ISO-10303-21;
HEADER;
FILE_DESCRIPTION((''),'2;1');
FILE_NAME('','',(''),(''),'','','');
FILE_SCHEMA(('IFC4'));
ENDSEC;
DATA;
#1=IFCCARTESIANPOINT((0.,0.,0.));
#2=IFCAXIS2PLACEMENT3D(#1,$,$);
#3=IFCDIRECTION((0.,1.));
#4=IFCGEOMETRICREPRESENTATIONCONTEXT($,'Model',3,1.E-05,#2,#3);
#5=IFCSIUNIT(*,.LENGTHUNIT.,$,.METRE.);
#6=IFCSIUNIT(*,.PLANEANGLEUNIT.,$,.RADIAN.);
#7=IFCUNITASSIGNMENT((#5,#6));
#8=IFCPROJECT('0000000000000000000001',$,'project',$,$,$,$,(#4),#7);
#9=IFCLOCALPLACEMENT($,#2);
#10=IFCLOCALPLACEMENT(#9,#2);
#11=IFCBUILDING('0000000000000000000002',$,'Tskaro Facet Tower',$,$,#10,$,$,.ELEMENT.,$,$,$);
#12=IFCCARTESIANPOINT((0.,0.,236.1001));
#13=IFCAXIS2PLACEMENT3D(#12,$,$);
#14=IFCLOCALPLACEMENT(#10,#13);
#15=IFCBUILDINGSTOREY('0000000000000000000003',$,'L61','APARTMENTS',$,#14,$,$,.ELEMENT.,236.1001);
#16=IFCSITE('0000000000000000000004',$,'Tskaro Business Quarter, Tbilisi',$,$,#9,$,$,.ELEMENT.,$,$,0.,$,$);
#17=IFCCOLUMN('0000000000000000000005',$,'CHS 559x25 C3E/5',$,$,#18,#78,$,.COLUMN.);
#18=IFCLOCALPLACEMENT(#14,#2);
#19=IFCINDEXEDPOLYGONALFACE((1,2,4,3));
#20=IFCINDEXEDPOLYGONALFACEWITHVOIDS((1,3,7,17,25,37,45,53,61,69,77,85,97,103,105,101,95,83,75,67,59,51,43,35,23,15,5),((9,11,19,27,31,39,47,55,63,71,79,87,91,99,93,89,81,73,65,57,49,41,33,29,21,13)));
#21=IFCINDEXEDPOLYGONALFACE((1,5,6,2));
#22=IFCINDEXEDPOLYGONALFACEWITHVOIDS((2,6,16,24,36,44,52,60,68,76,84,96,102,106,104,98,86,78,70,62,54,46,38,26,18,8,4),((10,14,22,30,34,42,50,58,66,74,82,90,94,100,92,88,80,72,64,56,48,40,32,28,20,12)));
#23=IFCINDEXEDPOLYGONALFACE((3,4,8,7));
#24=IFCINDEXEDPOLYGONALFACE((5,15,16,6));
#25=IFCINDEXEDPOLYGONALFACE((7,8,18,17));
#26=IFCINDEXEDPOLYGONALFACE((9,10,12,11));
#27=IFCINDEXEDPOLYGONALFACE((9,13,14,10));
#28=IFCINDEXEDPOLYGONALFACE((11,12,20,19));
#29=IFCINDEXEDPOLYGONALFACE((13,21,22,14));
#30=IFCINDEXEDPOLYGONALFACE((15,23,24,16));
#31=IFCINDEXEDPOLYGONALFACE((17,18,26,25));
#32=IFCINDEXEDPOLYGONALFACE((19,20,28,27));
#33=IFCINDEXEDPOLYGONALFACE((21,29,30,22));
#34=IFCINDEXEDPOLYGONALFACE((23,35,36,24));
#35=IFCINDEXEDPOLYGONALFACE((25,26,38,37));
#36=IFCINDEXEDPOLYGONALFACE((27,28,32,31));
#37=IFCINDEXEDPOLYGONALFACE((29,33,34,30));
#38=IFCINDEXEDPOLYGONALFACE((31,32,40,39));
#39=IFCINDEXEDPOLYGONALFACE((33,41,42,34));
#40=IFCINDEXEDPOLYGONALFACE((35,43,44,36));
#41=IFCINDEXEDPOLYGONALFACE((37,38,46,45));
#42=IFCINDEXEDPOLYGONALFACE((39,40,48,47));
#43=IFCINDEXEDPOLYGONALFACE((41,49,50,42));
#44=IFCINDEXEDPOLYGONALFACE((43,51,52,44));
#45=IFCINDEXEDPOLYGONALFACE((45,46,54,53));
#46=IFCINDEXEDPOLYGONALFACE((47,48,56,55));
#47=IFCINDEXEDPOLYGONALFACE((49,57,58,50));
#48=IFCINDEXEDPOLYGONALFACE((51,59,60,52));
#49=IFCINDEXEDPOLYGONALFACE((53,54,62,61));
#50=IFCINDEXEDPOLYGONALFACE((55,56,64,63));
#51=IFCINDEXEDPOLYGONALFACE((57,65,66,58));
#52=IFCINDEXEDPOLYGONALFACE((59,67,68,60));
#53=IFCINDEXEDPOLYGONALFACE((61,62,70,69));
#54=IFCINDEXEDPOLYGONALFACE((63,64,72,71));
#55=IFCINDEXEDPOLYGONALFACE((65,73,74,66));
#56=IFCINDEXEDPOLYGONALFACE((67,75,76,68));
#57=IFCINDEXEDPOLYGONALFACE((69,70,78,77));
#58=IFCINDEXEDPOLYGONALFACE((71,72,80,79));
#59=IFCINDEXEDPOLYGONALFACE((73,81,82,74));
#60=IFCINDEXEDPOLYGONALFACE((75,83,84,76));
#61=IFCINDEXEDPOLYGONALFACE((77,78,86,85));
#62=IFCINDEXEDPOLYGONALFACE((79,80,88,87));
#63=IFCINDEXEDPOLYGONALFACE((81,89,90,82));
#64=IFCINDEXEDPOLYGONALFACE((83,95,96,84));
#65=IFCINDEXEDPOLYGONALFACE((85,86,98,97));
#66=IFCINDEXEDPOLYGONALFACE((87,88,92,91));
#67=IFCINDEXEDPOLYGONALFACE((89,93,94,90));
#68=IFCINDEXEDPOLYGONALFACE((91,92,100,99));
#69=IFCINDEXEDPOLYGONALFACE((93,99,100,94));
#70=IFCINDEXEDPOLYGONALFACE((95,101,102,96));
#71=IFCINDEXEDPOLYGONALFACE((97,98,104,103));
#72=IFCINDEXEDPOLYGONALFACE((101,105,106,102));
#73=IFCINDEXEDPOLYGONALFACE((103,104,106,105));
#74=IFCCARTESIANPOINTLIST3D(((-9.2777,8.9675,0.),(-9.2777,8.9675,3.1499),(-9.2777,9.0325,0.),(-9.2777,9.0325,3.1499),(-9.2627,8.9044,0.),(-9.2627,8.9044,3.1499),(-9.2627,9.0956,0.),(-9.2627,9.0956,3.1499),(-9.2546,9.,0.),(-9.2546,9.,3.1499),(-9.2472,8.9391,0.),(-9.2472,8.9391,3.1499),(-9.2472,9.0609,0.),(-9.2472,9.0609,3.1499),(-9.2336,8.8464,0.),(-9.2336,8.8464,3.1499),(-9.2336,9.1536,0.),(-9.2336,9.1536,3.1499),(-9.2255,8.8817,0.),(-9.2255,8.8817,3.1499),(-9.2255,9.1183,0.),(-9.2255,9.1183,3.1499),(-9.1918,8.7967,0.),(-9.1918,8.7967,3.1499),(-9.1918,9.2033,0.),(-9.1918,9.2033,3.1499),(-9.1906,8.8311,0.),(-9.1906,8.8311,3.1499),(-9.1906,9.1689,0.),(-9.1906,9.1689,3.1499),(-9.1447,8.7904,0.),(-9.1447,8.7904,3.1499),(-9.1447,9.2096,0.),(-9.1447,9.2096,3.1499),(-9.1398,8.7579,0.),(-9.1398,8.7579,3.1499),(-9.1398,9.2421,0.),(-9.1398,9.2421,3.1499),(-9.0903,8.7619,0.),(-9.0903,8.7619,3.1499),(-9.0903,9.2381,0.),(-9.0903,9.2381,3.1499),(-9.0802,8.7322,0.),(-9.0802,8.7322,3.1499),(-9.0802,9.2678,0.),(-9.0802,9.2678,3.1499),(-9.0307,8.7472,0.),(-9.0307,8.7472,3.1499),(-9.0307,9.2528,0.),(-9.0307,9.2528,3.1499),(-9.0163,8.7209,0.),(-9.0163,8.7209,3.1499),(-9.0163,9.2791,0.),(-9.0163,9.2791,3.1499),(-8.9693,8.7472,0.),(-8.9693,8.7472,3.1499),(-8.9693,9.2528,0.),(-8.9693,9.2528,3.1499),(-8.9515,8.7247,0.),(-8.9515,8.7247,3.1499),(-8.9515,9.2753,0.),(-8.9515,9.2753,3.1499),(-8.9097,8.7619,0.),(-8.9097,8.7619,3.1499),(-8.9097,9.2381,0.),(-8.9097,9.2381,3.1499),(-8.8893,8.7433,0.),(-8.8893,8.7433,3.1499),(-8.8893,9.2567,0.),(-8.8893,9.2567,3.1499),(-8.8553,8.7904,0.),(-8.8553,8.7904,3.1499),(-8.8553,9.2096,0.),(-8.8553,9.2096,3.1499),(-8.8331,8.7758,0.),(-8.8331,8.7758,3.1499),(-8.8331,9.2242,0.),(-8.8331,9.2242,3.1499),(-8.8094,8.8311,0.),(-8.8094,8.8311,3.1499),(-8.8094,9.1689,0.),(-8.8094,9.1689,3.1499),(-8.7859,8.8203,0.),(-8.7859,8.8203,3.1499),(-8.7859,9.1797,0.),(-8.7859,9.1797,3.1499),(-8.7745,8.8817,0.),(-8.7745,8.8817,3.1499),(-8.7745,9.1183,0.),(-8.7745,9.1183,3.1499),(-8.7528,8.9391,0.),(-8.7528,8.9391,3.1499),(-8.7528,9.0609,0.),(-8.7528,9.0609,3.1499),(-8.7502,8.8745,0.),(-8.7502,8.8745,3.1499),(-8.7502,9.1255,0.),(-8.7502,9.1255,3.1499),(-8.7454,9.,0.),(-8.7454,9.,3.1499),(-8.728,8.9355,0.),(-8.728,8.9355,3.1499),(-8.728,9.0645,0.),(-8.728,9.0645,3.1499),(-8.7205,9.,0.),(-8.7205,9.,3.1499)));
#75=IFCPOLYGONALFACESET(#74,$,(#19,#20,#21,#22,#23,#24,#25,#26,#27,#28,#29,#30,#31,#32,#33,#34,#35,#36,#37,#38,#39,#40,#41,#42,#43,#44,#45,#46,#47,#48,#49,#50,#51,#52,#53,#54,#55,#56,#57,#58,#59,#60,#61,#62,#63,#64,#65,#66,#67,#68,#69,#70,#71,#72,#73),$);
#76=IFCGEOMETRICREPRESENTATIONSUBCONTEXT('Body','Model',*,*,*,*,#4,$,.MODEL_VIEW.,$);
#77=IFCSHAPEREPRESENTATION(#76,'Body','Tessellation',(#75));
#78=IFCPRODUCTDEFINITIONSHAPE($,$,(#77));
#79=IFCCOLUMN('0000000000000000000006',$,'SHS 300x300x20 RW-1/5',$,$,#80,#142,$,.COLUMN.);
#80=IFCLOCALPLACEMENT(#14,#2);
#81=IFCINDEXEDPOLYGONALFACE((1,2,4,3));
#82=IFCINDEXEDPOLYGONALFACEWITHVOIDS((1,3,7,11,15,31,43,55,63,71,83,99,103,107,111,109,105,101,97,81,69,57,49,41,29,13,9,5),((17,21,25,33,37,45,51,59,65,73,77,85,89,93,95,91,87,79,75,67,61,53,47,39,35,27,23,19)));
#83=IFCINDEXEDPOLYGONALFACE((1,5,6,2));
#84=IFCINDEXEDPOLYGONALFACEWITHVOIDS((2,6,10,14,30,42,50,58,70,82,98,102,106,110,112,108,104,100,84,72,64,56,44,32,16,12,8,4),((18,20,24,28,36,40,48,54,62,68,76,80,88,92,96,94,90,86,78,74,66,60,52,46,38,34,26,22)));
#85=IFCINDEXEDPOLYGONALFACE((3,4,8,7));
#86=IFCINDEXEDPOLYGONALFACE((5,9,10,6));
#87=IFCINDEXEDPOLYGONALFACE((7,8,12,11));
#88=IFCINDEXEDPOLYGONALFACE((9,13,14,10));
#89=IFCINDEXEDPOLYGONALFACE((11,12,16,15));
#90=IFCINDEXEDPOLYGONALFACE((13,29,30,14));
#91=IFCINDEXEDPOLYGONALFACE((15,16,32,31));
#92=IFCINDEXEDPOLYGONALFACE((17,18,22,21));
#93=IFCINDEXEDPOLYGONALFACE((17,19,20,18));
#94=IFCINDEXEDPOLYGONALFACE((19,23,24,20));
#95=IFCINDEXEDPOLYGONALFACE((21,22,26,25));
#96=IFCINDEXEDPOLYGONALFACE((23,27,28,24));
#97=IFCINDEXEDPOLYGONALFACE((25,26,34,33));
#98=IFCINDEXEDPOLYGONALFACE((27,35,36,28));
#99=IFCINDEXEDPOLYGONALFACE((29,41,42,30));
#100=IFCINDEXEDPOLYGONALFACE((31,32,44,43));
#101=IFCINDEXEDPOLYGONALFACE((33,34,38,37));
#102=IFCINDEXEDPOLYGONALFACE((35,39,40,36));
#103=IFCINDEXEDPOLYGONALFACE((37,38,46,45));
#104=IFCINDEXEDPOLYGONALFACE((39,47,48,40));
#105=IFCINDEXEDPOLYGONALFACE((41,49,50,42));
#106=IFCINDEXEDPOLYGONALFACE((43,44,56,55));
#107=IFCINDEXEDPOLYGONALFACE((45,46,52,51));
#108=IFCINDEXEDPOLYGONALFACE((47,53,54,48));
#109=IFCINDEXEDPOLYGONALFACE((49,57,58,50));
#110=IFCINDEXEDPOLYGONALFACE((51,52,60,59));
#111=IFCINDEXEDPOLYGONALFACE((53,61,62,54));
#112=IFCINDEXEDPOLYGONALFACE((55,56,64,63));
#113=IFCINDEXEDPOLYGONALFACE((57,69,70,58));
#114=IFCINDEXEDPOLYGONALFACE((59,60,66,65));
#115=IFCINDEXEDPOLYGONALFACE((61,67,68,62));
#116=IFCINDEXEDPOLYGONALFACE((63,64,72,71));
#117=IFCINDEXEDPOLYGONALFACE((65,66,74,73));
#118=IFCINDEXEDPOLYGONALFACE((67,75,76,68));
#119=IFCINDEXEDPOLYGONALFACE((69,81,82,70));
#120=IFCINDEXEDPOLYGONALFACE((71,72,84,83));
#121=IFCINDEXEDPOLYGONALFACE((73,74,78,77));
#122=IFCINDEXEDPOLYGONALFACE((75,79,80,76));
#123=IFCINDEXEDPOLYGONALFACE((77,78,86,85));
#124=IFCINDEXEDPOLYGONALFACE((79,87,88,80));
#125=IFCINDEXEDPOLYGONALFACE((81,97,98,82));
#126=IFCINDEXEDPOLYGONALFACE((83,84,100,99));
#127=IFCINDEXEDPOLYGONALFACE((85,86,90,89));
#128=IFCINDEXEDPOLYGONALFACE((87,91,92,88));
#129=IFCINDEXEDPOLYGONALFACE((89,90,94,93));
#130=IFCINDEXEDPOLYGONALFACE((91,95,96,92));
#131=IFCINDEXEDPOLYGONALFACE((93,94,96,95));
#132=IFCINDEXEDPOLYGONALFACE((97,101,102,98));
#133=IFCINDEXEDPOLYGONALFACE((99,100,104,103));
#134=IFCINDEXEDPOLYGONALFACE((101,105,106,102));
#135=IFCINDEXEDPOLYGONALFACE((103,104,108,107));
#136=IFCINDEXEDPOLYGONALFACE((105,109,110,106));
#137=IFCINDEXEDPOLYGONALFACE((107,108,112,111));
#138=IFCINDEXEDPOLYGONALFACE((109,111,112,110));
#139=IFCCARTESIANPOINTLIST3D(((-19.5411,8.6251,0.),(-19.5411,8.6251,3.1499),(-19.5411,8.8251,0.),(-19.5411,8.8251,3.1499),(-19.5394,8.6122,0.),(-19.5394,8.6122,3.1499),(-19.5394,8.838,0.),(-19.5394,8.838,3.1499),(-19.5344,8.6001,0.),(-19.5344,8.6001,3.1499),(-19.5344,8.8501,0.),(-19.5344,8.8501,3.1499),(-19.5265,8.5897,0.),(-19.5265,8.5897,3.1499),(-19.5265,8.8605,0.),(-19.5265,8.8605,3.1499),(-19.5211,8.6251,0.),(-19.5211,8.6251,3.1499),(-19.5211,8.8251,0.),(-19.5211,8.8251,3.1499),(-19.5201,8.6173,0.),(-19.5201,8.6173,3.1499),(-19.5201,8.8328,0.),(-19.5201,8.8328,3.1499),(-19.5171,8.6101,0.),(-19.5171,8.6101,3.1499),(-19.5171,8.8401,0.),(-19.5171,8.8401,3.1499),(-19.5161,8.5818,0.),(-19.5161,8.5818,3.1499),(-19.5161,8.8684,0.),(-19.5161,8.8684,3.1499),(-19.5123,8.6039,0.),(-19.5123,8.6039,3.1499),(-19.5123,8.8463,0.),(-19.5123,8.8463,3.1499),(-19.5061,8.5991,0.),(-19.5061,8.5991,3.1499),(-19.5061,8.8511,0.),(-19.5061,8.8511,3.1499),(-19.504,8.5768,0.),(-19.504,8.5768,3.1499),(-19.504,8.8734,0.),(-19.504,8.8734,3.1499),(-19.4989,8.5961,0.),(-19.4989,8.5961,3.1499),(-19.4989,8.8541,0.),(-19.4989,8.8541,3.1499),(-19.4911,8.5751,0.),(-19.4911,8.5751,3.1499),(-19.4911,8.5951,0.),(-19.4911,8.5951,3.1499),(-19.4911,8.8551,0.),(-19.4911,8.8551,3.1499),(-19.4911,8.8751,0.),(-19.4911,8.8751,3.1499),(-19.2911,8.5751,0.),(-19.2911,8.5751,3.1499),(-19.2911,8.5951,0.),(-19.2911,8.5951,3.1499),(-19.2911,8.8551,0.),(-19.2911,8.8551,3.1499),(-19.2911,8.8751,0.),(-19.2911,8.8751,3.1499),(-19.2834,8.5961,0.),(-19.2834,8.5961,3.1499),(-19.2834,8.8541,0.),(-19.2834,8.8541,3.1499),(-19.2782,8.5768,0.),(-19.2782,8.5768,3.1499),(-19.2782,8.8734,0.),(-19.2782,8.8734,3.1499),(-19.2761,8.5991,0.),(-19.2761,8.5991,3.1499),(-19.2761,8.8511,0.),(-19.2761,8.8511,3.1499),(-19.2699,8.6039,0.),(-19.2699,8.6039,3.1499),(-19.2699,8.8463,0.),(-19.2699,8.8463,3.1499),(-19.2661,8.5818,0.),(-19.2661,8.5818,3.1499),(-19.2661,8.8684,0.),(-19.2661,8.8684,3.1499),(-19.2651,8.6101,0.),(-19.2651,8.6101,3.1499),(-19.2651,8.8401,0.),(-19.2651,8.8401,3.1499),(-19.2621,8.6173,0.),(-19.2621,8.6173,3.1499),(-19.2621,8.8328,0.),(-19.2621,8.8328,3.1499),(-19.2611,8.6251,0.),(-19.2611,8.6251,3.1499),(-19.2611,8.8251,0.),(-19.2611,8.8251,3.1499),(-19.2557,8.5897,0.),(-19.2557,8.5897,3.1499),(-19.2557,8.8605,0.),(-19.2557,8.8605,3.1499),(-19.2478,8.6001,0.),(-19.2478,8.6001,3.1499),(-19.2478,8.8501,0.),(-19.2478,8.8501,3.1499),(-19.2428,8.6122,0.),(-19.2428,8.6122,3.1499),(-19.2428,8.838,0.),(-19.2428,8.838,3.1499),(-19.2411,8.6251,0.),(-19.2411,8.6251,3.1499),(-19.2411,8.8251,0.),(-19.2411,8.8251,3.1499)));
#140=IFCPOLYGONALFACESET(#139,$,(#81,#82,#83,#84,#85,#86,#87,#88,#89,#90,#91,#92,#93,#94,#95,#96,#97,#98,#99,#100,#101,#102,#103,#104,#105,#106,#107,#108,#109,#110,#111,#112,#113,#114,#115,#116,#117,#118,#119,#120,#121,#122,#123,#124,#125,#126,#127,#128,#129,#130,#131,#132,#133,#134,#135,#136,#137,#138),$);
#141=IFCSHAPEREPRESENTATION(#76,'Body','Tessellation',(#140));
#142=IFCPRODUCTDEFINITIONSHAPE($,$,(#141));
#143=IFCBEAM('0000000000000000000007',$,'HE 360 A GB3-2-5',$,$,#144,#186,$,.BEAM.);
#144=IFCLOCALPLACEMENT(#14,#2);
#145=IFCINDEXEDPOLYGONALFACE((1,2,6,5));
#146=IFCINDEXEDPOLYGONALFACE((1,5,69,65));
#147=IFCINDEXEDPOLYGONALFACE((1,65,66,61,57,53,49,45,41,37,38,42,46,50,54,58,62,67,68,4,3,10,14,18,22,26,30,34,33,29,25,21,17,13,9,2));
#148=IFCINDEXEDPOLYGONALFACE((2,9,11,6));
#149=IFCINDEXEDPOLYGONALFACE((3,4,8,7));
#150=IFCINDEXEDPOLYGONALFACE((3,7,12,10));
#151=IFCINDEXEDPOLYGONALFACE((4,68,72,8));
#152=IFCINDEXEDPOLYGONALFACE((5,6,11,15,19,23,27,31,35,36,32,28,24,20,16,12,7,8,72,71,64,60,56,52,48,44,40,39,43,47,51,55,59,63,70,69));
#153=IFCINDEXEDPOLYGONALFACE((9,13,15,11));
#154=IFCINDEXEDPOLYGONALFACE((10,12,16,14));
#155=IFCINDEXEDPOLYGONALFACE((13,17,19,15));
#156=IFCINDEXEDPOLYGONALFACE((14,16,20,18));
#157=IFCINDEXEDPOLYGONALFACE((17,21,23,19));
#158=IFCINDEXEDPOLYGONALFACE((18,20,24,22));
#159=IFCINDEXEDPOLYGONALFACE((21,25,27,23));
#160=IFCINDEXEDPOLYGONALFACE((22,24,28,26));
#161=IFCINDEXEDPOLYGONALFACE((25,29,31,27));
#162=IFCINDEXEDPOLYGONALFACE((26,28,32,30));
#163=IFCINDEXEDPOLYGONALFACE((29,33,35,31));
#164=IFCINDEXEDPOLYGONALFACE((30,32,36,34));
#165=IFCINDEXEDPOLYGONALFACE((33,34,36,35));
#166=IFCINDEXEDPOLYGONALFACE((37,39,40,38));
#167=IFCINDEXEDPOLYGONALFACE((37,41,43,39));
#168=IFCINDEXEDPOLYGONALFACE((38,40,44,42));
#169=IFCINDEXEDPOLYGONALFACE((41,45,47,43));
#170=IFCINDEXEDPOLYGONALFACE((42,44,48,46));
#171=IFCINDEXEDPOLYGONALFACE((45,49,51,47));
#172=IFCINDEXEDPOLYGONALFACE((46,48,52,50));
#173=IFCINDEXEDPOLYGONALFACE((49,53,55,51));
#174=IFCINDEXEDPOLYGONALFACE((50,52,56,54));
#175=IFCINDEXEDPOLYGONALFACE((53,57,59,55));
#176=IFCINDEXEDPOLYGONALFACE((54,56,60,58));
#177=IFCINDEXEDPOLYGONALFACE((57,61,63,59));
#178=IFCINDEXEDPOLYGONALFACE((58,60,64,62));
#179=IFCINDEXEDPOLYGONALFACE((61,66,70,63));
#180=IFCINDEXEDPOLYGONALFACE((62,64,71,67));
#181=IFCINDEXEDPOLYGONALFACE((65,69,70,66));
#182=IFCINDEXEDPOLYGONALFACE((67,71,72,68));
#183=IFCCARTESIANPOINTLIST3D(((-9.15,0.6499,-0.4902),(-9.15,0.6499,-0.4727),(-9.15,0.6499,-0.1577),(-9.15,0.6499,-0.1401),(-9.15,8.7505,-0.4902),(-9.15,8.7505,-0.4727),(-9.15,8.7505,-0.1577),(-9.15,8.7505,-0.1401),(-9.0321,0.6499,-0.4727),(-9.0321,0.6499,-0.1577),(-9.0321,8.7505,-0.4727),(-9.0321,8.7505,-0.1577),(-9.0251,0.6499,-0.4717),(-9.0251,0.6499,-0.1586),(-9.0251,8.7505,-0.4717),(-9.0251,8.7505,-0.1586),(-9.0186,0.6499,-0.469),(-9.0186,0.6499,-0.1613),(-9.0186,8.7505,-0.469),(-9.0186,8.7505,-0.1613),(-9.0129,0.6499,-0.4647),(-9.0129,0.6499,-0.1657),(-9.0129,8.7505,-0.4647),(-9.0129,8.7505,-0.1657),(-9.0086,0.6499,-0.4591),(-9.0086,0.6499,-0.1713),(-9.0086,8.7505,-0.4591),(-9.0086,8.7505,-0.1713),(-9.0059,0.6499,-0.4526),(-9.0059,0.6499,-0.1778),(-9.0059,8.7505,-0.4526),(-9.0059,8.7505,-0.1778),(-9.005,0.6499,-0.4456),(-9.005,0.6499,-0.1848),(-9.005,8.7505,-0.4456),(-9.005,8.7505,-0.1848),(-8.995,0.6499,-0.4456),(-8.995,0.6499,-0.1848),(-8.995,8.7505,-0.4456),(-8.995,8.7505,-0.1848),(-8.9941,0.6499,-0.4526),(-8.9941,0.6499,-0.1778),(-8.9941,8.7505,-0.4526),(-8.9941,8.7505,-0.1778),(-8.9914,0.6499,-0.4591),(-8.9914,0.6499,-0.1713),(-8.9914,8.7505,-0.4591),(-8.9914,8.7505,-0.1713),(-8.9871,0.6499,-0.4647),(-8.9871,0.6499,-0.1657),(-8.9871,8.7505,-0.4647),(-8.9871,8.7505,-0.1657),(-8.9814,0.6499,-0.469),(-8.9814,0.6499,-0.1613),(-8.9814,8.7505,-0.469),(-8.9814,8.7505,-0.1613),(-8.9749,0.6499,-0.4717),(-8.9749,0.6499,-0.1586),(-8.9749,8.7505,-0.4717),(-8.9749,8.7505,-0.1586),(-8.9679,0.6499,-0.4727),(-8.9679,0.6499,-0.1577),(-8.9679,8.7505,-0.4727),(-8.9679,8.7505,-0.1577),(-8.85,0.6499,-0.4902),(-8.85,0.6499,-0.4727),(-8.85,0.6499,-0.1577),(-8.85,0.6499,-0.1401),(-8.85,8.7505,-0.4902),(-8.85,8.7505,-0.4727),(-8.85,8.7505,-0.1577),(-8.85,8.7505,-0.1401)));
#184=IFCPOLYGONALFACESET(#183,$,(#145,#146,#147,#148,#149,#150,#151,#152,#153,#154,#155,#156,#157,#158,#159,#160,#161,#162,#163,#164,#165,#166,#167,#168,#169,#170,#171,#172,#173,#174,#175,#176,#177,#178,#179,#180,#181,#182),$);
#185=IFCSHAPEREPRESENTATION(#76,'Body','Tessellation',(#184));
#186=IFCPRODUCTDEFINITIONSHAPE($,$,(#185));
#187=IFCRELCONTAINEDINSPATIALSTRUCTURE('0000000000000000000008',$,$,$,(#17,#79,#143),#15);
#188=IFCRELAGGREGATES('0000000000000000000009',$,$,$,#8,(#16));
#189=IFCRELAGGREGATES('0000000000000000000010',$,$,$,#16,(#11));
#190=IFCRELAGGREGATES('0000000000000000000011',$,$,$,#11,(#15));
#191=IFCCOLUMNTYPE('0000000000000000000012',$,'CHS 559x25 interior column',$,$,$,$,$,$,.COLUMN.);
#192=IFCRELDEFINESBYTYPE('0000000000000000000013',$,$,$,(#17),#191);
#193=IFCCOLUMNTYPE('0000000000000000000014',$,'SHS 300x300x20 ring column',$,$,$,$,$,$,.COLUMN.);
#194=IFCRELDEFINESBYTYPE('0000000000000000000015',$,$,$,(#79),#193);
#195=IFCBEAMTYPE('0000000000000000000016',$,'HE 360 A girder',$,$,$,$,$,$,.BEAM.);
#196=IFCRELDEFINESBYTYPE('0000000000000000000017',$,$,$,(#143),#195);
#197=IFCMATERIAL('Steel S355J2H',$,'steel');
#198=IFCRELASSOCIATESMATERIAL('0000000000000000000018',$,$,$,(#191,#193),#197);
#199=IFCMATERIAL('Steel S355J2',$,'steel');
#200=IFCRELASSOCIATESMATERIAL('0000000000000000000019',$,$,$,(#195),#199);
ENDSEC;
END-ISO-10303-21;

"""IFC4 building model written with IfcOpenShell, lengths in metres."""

from ifc_helpers import new_model, si_unit, direction, frame, origin, origin_2d, place, context, subcontext, project, spatial, hollow_rectangle, hollow_circle, i_section, extrude, material, material_profile, profile_set, type_object, element, save


model = new_model("IFC4")

# Units and contexts
model_context = context("Model", 3, precision=1e-05, world=origin(), true_north=direction((0.0, 1.0)))
body_context = subcontext(model_context, "Body", "Model", "MODEL_VIEW")
ifc_project = project(units=[si_unit("LENGTHUNIT", "METRE"), si_unit("PLANEANGLEUNIT", "RADIAN")], contexts=[model_context])

# Site, building, storey
site_placement = place(None, origin())
site = spatial("IfcSite", under=ifc_project, at=site_placement, Name="Tskaro Business Quarter, Tbilisi", CompositionType="ELEMENT", RefElevation=0.0)
building_placement = place(site_placement, origin())
building = spatial("IfcBuilding", under=site, at=building_placement, Name="Tskaro Facet Tower", CompositionType="ELEMENT")
storey_placement = place(building_placement, frame((0.0, 0.0, 236.1001)))
storey = spatial("IfcBuildingStorey", under=building, at=storey_placement, Name="L61", Description="APARTMENTS", CompositionType="ELEMENT", Elevation=236.1001)

# Columns
ifc_material_1 = material(Name="Steel S355J2H", Category="steel")
ifc_material_profile_1 = material_profile(ifc_material_1, hollow_circle(Radius=0.2795, WallThickness=0.0249, at=origin_2d()), Name="CHS 559x25")
ifc_profile_set_1 = profile_set([ifc_material_profile_1], Name="Steel S355J2H")
column_type_1 = type_object("IfcColumnType", Name="CHS 559x25 interior column", PredefinedType="COLUMN", material=ifc_profile_set_1)
column_1_placement = place(storey_placement, frame((-9.0, 9.0, 0.0), z_axis=(0.0, 0.0, 1.0), x_axis=(1.0, 0.0, 0.0)))
element("IfcColumn", 1, at=column_1_placement, inside=storey, type_object=column_type_1, Name="CHS 559x25 C3E/5", PredefinedType="COLUMN", context=body_context, shape_type="SweptSolid", body=[
    extrude(hollow_circle(Radius=0.2795, WallThickness=0.0249, at=origin_2d()), origin(), (0.0, 0.0, 1.0), 3.1499),
])
ifc_material_profile_2 = material_profile(ifc_material_1, hollow_rectangle(XDim=0.3, YDim=0.3, WallThickness=0.02, InnerFilletRadius=0.03, OuterFilletRadius=0.05, at=origin_2d()), Name="SHS 300x300x20")
ifc_profile_set_2 = profile_set([ifc_material_profile_2], Name="Steel S355J2H")
column_type_2 = type_object("IfcColumnType", Name="SHS 300x300x20 ring column", PredefinedType="COLUMN", material=ifc_profile_set_2)
column_2_placement = place(storey_placement, frame((-19.3911, 8.7251, 0.0), z_axis=(0.0, 0.0, 1.0), x_axis=(1.0, 0.0, 0.0)))
element("IfcColumn", 2, at=column_2_placement, inside=storey, type_object=column_type_2, Name="SHS 300x300x20 RW-1/5", PredefinedType="COLUMN", context=body_context, shape_type="SweptSolid", body=[
    extrude(hollow_rectangle(XDim=0.3, YDim=0.3, WallThickness=0.02, InnerFilletRadius=0.03, OuterFilletRadius=0.05, at=origin_2d()), origin(), (0.0, 0.0, 1.0), 3.1499),
])

# Beam
ifc_material_2 = material(Name="Steel S355J2", Category="steel")
ifc_material_profile_3 = material_profile(ifc_material_2, i_section(OverallWidth=0.3, OverallDepth=0.3501, WebThickness=0.01, FlangeThickness=0.0176, FilletRadius=0.0271, at=origin_2d()), Name="HE 360 A")
ifc_profile_set_3 = profile_set([ifc_material_profile_3], Name="Steel S355J2")
beam_type_1 = type_object("IfcBeamType", Name="HE 360 A girder", PredefinedType="BEAM", material=ifc_profile_set_3)
beam_1_placement = place(storey_placement, frame((-9.0, 0.6499, -0.3152), z_axis=(0.0, 1.0, 0.0), x_axis=(-1.0, 0.0, 0.0)))
element("IfcBeam", 3, at=beam_1_placement, inside=storey, type_object=beam_type_1, Name="HE 360 A GB3-2-5", PredefinedType="BEAM", context=body_context, shape_type="SweptSolid", body=[
    extrude(i_section(OverallWidth=0.3, OverallDepth=0.3501, WebThickness=0.01, FlangeThickness=0.0176, FilletRadius=0.0271, at=origin_2d()), origin(), (0.0, 0.0, 1.0), 8.1006),
])

save(model, "model.ifc")
